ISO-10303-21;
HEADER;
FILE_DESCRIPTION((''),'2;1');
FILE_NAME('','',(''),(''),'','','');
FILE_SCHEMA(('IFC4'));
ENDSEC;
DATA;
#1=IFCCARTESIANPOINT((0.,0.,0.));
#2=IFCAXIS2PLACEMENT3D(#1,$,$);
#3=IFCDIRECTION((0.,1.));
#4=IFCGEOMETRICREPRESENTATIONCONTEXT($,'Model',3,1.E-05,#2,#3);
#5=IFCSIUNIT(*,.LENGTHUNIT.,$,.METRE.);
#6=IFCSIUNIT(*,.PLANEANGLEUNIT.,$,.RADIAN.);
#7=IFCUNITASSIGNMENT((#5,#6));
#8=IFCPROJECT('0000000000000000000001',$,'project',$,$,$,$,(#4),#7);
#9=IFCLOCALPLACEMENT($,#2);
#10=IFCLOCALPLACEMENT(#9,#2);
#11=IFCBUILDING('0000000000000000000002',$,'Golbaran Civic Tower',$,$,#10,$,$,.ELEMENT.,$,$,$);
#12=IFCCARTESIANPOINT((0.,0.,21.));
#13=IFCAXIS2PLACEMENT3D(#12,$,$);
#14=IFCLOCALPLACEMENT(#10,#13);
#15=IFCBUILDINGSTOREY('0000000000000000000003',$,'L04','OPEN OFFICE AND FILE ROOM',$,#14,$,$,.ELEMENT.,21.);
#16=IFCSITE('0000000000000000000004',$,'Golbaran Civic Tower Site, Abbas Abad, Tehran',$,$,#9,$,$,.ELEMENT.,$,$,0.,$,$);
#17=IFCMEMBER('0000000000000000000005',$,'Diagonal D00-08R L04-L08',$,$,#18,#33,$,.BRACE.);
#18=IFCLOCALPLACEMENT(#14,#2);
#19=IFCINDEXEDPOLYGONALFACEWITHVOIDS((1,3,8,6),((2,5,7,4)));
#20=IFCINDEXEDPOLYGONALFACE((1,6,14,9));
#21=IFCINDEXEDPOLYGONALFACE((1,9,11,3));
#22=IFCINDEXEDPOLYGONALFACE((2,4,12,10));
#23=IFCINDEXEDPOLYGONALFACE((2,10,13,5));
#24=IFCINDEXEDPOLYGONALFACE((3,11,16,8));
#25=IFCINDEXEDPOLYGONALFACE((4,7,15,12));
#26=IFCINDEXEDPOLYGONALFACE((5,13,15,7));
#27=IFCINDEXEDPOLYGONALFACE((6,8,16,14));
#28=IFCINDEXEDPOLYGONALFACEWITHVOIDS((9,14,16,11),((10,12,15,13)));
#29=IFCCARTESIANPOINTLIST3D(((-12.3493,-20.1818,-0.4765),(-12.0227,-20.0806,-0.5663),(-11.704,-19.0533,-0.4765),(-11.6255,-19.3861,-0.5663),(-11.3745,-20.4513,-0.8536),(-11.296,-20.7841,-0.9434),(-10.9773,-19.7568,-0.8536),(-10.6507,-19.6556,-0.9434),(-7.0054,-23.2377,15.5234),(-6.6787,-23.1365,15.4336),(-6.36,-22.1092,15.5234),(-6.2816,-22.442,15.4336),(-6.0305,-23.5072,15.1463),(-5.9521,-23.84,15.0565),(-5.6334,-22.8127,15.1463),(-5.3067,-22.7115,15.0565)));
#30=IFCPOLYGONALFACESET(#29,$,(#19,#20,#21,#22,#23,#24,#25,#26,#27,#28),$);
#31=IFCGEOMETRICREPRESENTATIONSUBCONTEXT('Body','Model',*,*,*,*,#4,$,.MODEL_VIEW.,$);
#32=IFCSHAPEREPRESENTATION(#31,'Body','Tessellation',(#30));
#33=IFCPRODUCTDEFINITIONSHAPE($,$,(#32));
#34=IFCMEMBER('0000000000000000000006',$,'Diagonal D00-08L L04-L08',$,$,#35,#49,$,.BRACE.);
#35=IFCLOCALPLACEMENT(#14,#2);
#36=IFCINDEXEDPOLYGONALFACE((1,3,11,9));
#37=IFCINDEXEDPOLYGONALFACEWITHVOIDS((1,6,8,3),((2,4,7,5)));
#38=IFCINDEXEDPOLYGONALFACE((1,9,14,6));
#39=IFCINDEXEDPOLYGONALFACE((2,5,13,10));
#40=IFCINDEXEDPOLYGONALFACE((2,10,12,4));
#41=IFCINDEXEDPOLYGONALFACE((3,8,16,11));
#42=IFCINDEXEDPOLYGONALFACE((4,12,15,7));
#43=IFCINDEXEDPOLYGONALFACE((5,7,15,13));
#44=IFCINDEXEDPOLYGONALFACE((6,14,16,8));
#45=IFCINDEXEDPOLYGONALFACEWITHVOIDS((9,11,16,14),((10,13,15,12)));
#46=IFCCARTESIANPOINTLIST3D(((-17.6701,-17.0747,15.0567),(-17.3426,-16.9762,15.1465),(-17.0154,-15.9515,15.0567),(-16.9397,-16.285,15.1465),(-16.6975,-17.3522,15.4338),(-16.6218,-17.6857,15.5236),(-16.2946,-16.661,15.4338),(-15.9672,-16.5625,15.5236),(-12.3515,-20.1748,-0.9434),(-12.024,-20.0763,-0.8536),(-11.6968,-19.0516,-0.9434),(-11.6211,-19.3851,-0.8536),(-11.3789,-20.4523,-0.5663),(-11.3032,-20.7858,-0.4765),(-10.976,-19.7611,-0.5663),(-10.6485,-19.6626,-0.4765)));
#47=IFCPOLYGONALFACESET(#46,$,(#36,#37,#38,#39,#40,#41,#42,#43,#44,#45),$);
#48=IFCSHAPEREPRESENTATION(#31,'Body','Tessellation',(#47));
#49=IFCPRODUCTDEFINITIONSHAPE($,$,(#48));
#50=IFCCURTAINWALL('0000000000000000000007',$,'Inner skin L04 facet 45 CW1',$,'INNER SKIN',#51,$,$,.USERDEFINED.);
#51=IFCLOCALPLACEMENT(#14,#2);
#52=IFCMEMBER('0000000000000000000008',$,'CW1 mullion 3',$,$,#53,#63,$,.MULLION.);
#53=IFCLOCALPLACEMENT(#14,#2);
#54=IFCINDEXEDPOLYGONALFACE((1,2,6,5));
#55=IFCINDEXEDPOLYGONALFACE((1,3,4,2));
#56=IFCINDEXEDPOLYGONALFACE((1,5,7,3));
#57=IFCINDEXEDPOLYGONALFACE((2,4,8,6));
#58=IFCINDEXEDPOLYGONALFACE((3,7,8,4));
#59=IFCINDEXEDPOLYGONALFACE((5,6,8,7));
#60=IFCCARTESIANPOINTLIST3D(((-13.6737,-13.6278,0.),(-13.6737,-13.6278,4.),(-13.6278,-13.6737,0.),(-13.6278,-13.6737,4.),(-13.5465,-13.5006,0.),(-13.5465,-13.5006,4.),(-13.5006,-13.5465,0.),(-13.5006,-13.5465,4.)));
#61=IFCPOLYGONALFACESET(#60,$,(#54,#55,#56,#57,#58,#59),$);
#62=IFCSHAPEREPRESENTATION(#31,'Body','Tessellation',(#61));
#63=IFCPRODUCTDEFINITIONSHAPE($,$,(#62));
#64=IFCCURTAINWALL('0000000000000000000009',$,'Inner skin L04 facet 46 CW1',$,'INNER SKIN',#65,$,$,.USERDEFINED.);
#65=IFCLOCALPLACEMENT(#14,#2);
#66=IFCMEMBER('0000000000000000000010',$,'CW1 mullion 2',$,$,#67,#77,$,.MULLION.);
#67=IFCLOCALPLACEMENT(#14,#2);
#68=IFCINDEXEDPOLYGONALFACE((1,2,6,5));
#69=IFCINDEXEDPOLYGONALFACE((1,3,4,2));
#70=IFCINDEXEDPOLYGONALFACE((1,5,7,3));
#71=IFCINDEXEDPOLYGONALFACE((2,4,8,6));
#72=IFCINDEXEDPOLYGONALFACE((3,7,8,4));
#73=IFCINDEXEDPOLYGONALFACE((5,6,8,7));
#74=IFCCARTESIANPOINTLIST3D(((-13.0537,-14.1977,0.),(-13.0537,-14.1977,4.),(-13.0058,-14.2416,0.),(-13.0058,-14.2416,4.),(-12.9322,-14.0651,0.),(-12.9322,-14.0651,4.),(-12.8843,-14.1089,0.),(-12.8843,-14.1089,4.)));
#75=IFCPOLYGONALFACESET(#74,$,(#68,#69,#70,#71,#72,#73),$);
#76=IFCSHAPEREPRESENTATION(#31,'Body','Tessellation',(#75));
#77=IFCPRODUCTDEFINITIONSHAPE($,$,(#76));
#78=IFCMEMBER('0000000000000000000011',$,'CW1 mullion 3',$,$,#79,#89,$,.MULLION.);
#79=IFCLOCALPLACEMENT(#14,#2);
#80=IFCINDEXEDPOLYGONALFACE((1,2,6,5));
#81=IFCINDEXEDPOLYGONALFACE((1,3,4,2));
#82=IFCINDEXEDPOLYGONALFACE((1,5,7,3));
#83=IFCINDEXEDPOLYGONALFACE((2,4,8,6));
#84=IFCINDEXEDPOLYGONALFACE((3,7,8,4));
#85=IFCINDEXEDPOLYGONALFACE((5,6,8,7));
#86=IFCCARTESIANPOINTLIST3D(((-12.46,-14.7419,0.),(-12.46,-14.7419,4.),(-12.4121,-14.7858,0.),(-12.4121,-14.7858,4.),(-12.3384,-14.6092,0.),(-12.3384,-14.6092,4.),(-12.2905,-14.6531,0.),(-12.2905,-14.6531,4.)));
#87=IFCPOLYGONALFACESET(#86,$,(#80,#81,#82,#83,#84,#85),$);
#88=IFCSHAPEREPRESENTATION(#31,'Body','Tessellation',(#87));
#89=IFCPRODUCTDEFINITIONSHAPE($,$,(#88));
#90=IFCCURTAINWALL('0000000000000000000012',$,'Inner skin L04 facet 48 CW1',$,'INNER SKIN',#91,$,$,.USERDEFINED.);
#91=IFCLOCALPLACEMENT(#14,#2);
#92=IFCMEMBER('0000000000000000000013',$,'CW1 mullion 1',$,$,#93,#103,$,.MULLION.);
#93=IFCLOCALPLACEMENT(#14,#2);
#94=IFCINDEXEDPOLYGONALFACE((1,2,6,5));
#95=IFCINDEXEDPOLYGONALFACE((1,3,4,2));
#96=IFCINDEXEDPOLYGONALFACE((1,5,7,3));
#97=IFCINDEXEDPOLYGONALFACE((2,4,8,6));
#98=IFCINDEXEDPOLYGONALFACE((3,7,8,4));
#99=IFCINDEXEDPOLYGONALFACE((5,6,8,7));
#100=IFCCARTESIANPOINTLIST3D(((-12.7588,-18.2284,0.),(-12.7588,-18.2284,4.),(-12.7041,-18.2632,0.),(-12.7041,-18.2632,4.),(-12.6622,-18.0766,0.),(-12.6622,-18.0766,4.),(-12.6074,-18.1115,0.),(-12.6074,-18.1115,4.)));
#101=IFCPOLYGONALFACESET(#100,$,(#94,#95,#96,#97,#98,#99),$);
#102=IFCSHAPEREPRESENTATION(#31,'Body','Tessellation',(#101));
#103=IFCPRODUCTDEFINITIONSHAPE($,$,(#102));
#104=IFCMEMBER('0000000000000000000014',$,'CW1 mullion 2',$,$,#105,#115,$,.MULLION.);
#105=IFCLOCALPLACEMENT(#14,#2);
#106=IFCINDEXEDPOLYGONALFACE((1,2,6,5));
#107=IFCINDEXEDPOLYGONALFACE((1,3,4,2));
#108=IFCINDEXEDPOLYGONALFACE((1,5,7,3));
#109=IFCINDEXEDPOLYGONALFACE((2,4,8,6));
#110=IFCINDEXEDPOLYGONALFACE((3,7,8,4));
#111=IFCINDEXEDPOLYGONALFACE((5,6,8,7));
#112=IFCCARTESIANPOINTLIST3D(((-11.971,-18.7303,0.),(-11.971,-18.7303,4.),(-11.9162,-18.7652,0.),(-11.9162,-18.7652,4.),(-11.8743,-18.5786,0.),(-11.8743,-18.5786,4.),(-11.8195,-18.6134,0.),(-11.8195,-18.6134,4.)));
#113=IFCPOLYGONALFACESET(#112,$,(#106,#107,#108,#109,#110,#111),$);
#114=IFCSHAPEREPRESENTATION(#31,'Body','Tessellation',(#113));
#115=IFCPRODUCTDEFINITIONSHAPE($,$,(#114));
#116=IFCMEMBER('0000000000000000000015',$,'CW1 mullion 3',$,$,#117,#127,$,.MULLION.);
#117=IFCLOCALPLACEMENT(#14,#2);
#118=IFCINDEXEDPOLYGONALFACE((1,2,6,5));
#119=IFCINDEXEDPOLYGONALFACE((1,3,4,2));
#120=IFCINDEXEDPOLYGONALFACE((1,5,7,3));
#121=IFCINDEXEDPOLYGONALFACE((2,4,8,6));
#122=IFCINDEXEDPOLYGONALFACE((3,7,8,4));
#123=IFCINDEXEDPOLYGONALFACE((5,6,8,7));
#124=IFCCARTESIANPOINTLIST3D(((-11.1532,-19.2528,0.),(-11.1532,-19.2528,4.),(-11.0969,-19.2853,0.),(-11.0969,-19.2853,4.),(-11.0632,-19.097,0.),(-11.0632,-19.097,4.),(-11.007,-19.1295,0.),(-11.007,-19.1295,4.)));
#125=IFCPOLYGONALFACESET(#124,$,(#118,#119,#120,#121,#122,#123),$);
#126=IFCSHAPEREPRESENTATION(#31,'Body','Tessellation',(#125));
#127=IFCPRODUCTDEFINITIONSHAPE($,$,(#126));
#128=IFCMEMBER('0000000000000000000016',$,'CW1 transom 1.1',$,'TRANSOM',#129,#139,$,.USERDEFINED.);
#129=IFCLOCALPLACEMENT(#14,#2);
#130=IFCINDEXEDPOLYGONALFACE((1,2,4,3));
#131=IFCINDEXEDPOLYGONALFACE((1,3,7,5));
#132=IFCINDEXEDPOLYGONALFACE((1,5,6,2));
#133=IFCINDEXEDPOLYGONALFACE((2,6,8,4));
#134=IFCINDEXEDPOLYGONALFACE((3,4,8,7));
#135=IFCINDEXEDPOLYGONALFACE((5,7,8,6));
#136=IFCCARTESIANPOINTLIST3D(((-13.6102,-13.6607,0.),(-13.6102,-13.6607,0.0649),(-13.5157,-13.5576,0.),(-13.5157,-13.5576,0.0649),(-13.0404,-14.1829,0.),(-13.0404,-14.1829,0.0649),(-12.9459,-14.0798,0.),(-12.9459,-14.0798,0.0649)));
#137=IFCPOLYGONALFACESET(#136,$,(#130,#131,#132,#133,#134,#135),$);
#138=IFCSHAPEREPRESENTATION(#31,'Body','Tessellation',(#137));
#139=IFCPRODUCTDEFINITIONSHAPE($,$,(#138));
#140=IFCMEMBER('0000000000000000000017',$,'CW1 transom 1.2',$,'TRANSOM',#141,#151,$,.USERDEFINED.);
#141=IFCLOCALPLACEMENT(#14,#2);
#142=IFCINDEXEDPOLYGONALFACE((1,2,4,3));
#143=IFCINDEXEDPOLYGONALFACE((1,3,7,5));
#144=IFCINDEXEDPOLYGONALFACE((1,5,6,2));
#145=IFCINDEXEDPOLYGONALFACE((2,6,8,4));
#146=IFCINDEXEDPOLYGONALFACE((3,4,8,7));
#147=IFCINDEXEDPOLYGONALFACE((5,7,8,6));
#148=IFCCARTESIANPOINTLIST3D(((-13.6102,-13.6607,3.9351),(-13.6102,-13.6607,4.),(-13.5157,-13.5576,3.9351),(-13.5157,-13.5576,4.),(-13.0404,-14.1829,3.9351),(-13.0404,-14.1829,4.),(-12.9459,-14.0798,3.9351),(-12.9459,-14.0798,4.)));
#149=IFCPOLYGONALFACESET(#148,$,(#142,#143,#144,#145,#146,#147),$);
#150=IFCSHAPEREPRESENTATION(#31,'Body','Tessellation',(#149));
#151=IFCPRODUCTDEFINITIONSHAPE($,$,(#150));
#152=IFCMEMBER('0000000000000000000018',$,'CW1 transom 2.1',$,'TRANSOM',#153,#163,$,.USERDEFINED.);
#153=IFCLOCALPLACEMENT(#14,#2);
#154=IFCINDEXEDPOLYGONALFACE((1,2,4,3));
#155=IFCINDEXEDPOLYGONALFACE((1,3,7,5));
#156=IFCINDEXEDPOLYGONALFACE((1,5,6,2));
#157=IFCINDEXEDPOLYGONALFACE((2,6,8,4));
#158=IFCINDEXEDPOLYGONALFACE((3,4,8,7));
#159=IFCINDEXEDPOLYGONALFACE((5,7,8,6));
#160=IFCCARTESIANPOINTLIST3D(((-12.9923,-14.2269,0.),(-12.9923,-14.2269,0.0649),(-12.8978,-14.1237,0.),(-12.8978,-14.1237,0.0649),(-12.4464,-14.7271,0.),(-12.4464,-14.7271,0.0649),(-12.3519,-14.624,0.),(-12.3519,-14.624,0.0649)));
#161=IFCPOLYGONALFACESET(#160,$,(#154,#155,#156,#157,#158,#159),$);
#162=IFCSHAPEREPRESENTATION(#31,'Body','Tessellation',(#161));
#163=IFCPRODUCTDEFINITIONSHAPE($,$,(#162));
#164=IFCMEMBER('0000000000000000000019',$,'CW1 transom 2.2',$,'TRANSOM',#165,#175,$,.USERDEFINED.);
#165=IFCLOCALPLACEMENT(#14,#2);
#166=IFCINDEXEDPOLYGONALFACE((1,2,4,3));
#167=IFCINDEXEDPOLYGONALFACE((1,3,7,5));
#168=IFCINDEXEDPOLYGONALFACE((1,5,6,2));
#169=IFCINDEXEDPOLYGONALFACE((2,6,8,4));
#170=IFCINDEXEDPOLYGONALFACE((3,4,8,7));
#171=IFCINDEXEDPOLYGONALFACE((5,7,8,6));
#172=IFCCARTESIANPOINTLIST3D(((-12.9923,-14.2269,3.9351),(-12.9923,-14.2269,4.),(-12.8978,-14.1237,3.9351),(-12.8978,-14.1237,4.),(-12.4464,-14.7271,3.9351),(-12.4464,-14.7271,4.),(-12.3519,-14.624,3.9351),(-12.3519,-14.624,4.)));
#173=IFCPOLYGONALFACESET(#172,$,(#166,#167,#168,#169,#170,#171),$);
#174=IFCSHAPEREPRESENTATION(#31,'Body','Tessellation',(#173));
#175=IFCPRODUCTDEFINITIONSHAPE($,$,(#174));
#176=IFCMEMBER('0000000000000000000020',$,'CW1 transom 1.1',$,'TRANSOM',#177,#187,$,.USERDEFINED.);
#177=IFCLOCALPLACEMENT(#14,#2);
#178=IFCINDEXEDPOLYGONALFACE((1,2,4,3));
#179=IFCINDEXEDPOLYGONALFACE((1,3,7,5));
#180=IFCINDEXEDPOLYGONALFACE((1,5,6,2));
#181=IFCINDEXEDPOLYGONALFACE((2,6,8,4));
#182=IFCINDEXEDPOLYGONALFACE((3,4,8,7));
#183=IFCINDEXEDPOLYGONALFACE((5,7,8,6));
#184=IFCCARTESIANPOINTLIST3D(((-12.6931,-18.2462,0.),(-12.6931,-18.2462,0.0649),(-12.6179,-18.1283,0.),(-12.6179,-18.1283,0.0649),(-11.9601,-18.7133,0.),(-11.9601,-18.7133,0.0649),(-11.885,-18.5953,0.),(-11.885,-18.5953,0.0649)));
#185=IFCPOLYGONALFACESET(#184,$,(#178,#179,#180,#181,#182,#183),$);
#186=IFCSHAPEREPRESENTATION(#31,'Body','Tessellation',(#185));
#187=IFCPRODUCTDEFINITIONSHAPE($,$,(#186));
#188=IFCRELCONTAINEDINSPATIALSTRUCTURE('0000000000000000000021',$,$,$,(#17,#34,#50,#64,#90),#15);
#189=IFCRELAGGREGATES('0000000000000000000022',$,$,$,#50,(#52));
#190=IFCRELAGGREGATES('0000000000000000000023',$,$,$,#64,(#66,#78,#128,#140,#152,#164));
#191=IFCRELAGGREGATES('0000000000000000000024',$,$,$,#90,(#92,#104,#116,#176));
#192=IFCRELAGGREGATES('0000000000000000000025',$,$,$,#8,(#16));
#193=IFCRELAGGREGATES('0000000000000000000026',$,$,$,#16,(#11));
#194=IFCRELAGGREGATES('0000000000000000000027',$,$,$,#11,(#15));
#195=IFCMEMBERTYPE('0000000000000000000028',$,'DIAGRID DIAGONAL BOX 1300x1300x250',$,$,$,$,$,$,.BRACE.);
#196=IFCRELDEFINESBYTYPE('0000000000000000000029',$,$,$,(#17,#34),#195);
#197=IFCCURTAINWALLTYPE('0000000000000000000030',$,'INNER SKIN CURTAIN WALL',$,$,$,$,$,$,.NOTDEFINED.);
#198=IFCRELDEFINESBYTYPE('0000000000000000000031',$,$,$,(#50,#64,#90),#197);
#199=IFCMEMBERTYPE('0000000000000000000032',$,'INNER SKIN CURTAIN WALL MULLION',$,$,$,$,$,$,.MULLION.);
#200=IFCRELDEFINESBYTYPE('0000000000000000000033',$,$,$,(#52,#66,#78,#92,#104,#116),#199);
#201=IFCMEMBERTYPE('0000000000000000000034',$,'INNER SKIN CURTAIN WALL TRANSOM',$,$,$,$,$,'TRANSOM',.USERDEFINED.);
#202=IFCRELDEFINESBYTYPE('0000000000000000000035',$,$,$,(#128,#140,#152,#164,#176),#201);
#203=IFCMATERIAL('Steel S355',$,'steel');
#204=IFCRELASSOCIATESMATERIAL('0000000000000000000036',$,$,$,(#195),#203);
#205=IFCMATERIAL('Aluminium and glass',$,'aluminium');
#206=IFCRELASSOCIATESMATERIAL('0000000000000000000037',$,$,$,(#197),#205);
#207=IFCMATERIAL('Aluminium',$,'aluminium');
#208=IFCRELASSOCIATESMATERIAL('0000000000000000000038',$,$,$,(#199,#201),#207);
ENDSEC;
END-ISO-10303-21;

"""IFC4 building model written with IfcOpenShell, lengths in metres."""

from ifc_helpers import new_model, si_unit, direction, frame, origin, origin_2d, place, context, subcontext, project, spatial, rectangle, hollow_rectangle, extrude, material, material_profile, profile_set, type_object, element, aggregate, save


model = new_model("IFC4")

# Units and contexts
model_context = context("Model", 3, precision=1e-05, world=origin(), true_north=direction((0.0, 1.0)))
body_context = subcontext(model_context, "Body", "Model", "MODEL_VIEW")
ifc_project = project(units=[si_unit("LENGTHUNIT", "METRE"), si_unit("PLANEANGLEUNIT", "RADIAN")], contexts=[model_context])

# Site, building, storey
site_placement = place(None, origin())
site = spatial("IfcSite", under=ifc_project, at=site_placement, Name="Golbaran Civic Tower Site, Abbas Abad, Tehran", CompositionType="ELEMENT", RefElevation=0.0)
building_placement = place(site_placement, origin())
building = spatial("IfcBuilding", under=site, at=building_placement, Name="Golbaran Civic Tower", CompositionType="ELEMENT")
storey_placement = place(building_placement, frame((0.0, 0.0, 21.0)))
storey = spatial("IfcBuildingStorey", under=building, at=storey_placement, Name="L04", Description="OPEN OFFICE AND FILE ROOM", CompositionType="ELEMENT", Elevation=21.0)

# Members
ifc_material_1 = material(Name="Steel S355", Category="steel")
ifc_material_profile_1 = material_profile(ifc_material_1, hollow_rectangle(XDim=1.3, YDim=1.3, WallThickness=0.25, at=origin_2d()), Name="BOX 1300x1300x250")
ifc_profile_set_1 = profile_set([ifc_material_profile_1], Name="Steel S355")
member_type_1 = type_object("IfcMemberType", Name="DIAGRID DIAGONAL BOX 1300x1300x250", PredefinedType="BRACE", material=ifc_profile_set_1)
member_1_placement = place(storey_placement, frame((-11.5, -19.9187, -0.71), z_axis=(0.311723, -0.178255, 0.933303), x_axis=(0.496408, 0.868089, 0.0)))
element("IfcMember", 1, at=member_1_placement, inside=storey, type_object=member_type_1, Name="Diagonal D00-08R L04-L08", PredefinedType="BRACE", context=body_context, shape_type="SweptSolid", body=[
    extrude(hollow_rectangle(XDim=1.3, YDim=1.3, WallThickness=0.25, at=origin_2d()), origin(), (0.0, 0.0, 1.0), 17.1433),
])
member_2_placement = place(storey_placement, frame((-11.5, -19.9187, -0.71), z_axis=(-0.310241, 0.180833, 0.933301), x_axis=(-0.503578, -0.86395, 0.0)))
element("IfcMember", 2, at=member_2_placement, inside=storey, type_object=member_type_1, Name="Diagonal D00-08L L04-L08", PredefinedType="BRACE", context=body_context, shape_type="SweptSolid", body=[
    extrude(hollow_rectangle(XDim=1.3, YDim=1.3, WallThickness=0.25, at=origin_2d()), origin(), (0.0, 0.0, 1.0), 17.1436),
])

# Curtain wall, member
ifc_material_2 = material(Name="Aluminium and glass", Category="aluminium")
curtain_wall_type_1 = type_object("IfcCurtainWallType", Name="INNER SKIN CURTAIN WALL", PredefinedType="NOTDEFINED", material=ifc_material_2)
curtain_wall_1_placement = place(storey_placement, origin())
curtain_wall_1 = element("IfcCurtainWall", 3, at=curtain_wall_1_placement, inside=storey, type_object=curtain_wall_type_1, Name="Inner skin L04 facet 45 CW1", ObjectType="INNER SKIN", PredefinedType="USERDEFINED")
ifc_material_3 = material(Name="Aluminium", Category="aluminium")
ifc_material_profile_2 = material_profile(ifc_material_3, rectangle(XDim=0.1799, YDim=0.0649, at=origin_2d()), Name="INNER SKIN CURTAIN WALL MULLION")
ifc_profile_set_2 = profile_set([ifc_material_profile_2], Name="Aluminium")
member_type_2 = type_object("IfcMemberType", Name="INNER SKIN CURTAIN WALL MULLION", PredefinedType="MULLION", material=ifc_profile_set_2)
member_3_placement = place(storey_placement, frame((-13.5872, -13.5872, 0.0), z_axis=(0.0, 0.0, 1.0), x_axis=(0.707107, 0.707107, 0.0)))
member_3 = element("IfcMember", 4, at=member_3_placement, type_object=member_type_2, Name="CW1 mullion 3", PredefinedType="MULLION", context=body_context, shape_type="SweptSolid", body=[
    extrude(rectangle(XDim=0.1799, YDim=0.0649, at=origin_2d()), origin(), (0.0, 0.0, 1.0), 4.0),
])
aggregate(curtain_wall_1, [member_3])

# Curtain walls, members
curtain_wall_2_placement = place(storey_placement, origin())
curtain_wall_2 = element("IfcCurtainWall", 5, at=curtain_wall_2_placement, inside=storey, type_object=curtain_wall_type_1, Name="Inner skin L04 facet 46 CW1", ObjectType="INNER SKIN", PredefinedType="USERDEFINED")
member_4_placement = place(storey_placement, frame((-12.969, -14.1533, 0.0), z_axis=(0.0, 0.0, 1.0), x_axis=(0.67559, 0.737277, 0.0)))
member_4 = element("IfcMember", 6, at=member_4_placement, type_object=member_type_2, Name="CW1 mullion 2", PredefinedType="MULLION", context=body_context, shape_type="SweptSolid", body=[
    extrude(rectangle(XDim=0.1799, YDim=0.0649, at=origin_2d()), origin(), (0.0, 0.0, 1.0), 4.0),
])
member_5_placement = place(storey_placement, frame((-12.3752, -14.6975, 0.0), z_axis=(0.0, 0.0, 1.0), x_axis=(0.67559, 0.737277, 0.0)))
member_5 = element("IfcMember", 7, at=member_5_placement, type_object=member_type_2, Name="CW1 mullion 3", PredefinedType="MULLION", context=body_context, shape_type="SweptSolid", body=[
    extrude(rectangle(XDim=0.1799, YDim=0.0649, at=origin_2d()), origin(), (0.0, 0.0, 1.0), 4.0),
])
curtain_wall_3_placement = place(storey_placement, origin())
curtain_wall_3 = element("IfcCurtainWall", 8, at=curtain_wall_3_placement, inside=storey, type_object=curtain_wall_type_1, Name="Inner skin L04 facet 48 CW1", ObjectType="INNER SKIN", PredefinedType="USERDEFINED")
member_6_placement = place(storey_placement, frame((-12.6831, -18.1699, 0.0), z_axis=(0.0, 0.0, 1.0), x_axis=(0.5373, 0.843391, 0.0)))
member_6 = element("IfcMember", 9, at=member_6_placement, type_object=member_type_2, Name="CW1 mullion 1", PredefinedType="MULLION", context=body_context, shape_type="SweptSolid", body=[
    extrude(rectangle(XDim=0.1799, YDim=0.0649, at=origin_2d()), origin(), (0.0, 0.0, 1.0), 4.0),
])
member_7_placement = place(storey_placement, frame((-11.8953, -18.6719, 0.0), z_axis=(0.0, 0.0, 1.0), x_axis=(0.5373, 0.843391, 0.0)))
member_7 = element("IfcMember", 10, at=member_7_placement, type_object=member_type_2, Name="CW1 mullion 2", PredefinedType="MULLION", context=body_context, shape_type="SweptSolid", body=[
    extrude(rectangle(XDim=0.1799, YDim=0.0649, at=origin_2d()), origin(), (0.0, 0.0, 1.0), 4.0),
])
member_8_placement = place(storey_placement, frame((-11.0801, -19.1912, 0.0), z_axis=(0.0, 0.0, 1.0), x_axis=(0.5, 0.866025, 0.0)))
member_8 = element("IfcMember", 11, at=member_8_placement, type_object=member_type_2, Name="CW1 mullion 3", PredefinedType="MULLION", context=body_context, shape_type="SweptSolid", body=[
    extrude(rectangle(XDim=0.1799, YDim=0.0649, at=origin_2d()), origin(), (0.0, 0.0, 1.0), 4.0),
])

# Members
ifc_material_profile_3 = material_profile(ifc_material_3, rectangle(XDim=0.1399, YDim=0.0649, at=origin_2d()), Name="INNER SKIN CURTAIN WALL TRANSOM")
ifc_profile_set_3 = profile_set([ifc_material_profile_3], Name="Aluminium")
member_type_3 = type_object("IfcMemberType", Name="INNER SKIN CURTAIN WALL TRANSOM", ElementType="TRANSOM", PredefinedType="USERDEFINED", material=ifc_profile_set_3)
member_9_placement = place(storey_placement, frame((-13.563, -13.6091, 0.0325), z_axis=(0.737233, -0.675639, 0.0), x_axis=(0.675639, 0.737233, 0.0)))
member_9 = element("IfcMember", 12, at=member_9_placement, type_object=member_type_3, Name="CW1 transom 1.1", ObjectType="TRANSOM", PredefinedType="USERDEFINED", context=body_context, shape_type="SweptSolid", body=[
    extrude(rectangle(XDim=0.1399, YDim=0.0649, at=origin_2d()), origin(), (0.0, 0.0, 1.0), 0.7729),
])
member_10_placement = place(storey_placement, frame((-13.563, -13.6091, 3.9675), z_axis=(0.737233, -0.675639, 0.0), x_axis=(0.675639, 0.737233, 0.0)))
member_10 = element("IfcMember", 13, at=member_10_placement, type_object=member_type_3, Name="CW1 transom 1.2", ObjectType="TRANSOM", PredefinedType="USERDEFINED", context=body_context, shape_type="SweptSolid", body=[
    extrude(rectangle(XDim=0.1399, YDim=0.0649, at=origin_2d()), origin(), (0.0, 0.0, 1.0), 0.7729),
])
member_11_placement = place(storey_placement, frame((-12.9451, -14.1753, 0.0325), z_axis=(0.737264, -0.675605, 0.0), x_axis=(0.675605, 0.737264, 0.0)))
member_11 = element("IfcMember", 14, at=member_11_placement, type_object=member_type_3, Name="CW1 transom 2.1", ObjectType="TRANSOM", PredefinedType="USERDEFINED", context=body_context, shape_type="SweptSolid", body=[
    extrude(rectangle(XDim=0.1399, YDim=0.0649, at=origin_2d()), origin(), (0.0, 0.0, 1.0), 0.7405),
])
member_12_placement = place(storey_placement, frame((-12.9451, -14.1753, 3.9675), z_axis=(0.737264, -0.675605, 0.0), x_axis=(0.675605, 0.737264, 0.0)))
member_12 = element("IfcMember", 15, at=member_12_placement, type_object=member_type_3, Name="CW1 transom 2.2", ObjectType="TRANSOM", PredefinedType="USERDEFINED", context=body_context, shape_type="SweptSolid", body=[
    extrude(rectangle(XDim=0.1399, YDim=0.0649, at=origin_2d()), origin(), (0.0, 0.0, 1.0), 0.7405),
])
member_13_placement = place(storey_placement, frame((-12.6555, -18.1873, 0.0325), z_axis=(0.843326, -0.537403, 0.0), x_axis=(0.537403, 0.843326, 0.0)))
member_13 = element("IfcMember", 16, at=member_13_placement, type_object=member_type_3, Name="CW1 transom 1.1", ObjectType="TRANSOM", PredefinedType="USERDEFINED", context=body_context, shape_type="SweptSolid", body=[
    extrude(rectangle(XDim=0.1399, YDim=0.0649, at=origin_2d()), origin(), (0.0, 0.0, 1.0), 0.8691),
])

aggregate(curtain_wall_2, [member_4, member_5, member_9, member_10, member_11, member_12])
aggregate(curtain_wall_3, [member_6, member_7, member_8, member_13])

save(model, "model.ifc")
